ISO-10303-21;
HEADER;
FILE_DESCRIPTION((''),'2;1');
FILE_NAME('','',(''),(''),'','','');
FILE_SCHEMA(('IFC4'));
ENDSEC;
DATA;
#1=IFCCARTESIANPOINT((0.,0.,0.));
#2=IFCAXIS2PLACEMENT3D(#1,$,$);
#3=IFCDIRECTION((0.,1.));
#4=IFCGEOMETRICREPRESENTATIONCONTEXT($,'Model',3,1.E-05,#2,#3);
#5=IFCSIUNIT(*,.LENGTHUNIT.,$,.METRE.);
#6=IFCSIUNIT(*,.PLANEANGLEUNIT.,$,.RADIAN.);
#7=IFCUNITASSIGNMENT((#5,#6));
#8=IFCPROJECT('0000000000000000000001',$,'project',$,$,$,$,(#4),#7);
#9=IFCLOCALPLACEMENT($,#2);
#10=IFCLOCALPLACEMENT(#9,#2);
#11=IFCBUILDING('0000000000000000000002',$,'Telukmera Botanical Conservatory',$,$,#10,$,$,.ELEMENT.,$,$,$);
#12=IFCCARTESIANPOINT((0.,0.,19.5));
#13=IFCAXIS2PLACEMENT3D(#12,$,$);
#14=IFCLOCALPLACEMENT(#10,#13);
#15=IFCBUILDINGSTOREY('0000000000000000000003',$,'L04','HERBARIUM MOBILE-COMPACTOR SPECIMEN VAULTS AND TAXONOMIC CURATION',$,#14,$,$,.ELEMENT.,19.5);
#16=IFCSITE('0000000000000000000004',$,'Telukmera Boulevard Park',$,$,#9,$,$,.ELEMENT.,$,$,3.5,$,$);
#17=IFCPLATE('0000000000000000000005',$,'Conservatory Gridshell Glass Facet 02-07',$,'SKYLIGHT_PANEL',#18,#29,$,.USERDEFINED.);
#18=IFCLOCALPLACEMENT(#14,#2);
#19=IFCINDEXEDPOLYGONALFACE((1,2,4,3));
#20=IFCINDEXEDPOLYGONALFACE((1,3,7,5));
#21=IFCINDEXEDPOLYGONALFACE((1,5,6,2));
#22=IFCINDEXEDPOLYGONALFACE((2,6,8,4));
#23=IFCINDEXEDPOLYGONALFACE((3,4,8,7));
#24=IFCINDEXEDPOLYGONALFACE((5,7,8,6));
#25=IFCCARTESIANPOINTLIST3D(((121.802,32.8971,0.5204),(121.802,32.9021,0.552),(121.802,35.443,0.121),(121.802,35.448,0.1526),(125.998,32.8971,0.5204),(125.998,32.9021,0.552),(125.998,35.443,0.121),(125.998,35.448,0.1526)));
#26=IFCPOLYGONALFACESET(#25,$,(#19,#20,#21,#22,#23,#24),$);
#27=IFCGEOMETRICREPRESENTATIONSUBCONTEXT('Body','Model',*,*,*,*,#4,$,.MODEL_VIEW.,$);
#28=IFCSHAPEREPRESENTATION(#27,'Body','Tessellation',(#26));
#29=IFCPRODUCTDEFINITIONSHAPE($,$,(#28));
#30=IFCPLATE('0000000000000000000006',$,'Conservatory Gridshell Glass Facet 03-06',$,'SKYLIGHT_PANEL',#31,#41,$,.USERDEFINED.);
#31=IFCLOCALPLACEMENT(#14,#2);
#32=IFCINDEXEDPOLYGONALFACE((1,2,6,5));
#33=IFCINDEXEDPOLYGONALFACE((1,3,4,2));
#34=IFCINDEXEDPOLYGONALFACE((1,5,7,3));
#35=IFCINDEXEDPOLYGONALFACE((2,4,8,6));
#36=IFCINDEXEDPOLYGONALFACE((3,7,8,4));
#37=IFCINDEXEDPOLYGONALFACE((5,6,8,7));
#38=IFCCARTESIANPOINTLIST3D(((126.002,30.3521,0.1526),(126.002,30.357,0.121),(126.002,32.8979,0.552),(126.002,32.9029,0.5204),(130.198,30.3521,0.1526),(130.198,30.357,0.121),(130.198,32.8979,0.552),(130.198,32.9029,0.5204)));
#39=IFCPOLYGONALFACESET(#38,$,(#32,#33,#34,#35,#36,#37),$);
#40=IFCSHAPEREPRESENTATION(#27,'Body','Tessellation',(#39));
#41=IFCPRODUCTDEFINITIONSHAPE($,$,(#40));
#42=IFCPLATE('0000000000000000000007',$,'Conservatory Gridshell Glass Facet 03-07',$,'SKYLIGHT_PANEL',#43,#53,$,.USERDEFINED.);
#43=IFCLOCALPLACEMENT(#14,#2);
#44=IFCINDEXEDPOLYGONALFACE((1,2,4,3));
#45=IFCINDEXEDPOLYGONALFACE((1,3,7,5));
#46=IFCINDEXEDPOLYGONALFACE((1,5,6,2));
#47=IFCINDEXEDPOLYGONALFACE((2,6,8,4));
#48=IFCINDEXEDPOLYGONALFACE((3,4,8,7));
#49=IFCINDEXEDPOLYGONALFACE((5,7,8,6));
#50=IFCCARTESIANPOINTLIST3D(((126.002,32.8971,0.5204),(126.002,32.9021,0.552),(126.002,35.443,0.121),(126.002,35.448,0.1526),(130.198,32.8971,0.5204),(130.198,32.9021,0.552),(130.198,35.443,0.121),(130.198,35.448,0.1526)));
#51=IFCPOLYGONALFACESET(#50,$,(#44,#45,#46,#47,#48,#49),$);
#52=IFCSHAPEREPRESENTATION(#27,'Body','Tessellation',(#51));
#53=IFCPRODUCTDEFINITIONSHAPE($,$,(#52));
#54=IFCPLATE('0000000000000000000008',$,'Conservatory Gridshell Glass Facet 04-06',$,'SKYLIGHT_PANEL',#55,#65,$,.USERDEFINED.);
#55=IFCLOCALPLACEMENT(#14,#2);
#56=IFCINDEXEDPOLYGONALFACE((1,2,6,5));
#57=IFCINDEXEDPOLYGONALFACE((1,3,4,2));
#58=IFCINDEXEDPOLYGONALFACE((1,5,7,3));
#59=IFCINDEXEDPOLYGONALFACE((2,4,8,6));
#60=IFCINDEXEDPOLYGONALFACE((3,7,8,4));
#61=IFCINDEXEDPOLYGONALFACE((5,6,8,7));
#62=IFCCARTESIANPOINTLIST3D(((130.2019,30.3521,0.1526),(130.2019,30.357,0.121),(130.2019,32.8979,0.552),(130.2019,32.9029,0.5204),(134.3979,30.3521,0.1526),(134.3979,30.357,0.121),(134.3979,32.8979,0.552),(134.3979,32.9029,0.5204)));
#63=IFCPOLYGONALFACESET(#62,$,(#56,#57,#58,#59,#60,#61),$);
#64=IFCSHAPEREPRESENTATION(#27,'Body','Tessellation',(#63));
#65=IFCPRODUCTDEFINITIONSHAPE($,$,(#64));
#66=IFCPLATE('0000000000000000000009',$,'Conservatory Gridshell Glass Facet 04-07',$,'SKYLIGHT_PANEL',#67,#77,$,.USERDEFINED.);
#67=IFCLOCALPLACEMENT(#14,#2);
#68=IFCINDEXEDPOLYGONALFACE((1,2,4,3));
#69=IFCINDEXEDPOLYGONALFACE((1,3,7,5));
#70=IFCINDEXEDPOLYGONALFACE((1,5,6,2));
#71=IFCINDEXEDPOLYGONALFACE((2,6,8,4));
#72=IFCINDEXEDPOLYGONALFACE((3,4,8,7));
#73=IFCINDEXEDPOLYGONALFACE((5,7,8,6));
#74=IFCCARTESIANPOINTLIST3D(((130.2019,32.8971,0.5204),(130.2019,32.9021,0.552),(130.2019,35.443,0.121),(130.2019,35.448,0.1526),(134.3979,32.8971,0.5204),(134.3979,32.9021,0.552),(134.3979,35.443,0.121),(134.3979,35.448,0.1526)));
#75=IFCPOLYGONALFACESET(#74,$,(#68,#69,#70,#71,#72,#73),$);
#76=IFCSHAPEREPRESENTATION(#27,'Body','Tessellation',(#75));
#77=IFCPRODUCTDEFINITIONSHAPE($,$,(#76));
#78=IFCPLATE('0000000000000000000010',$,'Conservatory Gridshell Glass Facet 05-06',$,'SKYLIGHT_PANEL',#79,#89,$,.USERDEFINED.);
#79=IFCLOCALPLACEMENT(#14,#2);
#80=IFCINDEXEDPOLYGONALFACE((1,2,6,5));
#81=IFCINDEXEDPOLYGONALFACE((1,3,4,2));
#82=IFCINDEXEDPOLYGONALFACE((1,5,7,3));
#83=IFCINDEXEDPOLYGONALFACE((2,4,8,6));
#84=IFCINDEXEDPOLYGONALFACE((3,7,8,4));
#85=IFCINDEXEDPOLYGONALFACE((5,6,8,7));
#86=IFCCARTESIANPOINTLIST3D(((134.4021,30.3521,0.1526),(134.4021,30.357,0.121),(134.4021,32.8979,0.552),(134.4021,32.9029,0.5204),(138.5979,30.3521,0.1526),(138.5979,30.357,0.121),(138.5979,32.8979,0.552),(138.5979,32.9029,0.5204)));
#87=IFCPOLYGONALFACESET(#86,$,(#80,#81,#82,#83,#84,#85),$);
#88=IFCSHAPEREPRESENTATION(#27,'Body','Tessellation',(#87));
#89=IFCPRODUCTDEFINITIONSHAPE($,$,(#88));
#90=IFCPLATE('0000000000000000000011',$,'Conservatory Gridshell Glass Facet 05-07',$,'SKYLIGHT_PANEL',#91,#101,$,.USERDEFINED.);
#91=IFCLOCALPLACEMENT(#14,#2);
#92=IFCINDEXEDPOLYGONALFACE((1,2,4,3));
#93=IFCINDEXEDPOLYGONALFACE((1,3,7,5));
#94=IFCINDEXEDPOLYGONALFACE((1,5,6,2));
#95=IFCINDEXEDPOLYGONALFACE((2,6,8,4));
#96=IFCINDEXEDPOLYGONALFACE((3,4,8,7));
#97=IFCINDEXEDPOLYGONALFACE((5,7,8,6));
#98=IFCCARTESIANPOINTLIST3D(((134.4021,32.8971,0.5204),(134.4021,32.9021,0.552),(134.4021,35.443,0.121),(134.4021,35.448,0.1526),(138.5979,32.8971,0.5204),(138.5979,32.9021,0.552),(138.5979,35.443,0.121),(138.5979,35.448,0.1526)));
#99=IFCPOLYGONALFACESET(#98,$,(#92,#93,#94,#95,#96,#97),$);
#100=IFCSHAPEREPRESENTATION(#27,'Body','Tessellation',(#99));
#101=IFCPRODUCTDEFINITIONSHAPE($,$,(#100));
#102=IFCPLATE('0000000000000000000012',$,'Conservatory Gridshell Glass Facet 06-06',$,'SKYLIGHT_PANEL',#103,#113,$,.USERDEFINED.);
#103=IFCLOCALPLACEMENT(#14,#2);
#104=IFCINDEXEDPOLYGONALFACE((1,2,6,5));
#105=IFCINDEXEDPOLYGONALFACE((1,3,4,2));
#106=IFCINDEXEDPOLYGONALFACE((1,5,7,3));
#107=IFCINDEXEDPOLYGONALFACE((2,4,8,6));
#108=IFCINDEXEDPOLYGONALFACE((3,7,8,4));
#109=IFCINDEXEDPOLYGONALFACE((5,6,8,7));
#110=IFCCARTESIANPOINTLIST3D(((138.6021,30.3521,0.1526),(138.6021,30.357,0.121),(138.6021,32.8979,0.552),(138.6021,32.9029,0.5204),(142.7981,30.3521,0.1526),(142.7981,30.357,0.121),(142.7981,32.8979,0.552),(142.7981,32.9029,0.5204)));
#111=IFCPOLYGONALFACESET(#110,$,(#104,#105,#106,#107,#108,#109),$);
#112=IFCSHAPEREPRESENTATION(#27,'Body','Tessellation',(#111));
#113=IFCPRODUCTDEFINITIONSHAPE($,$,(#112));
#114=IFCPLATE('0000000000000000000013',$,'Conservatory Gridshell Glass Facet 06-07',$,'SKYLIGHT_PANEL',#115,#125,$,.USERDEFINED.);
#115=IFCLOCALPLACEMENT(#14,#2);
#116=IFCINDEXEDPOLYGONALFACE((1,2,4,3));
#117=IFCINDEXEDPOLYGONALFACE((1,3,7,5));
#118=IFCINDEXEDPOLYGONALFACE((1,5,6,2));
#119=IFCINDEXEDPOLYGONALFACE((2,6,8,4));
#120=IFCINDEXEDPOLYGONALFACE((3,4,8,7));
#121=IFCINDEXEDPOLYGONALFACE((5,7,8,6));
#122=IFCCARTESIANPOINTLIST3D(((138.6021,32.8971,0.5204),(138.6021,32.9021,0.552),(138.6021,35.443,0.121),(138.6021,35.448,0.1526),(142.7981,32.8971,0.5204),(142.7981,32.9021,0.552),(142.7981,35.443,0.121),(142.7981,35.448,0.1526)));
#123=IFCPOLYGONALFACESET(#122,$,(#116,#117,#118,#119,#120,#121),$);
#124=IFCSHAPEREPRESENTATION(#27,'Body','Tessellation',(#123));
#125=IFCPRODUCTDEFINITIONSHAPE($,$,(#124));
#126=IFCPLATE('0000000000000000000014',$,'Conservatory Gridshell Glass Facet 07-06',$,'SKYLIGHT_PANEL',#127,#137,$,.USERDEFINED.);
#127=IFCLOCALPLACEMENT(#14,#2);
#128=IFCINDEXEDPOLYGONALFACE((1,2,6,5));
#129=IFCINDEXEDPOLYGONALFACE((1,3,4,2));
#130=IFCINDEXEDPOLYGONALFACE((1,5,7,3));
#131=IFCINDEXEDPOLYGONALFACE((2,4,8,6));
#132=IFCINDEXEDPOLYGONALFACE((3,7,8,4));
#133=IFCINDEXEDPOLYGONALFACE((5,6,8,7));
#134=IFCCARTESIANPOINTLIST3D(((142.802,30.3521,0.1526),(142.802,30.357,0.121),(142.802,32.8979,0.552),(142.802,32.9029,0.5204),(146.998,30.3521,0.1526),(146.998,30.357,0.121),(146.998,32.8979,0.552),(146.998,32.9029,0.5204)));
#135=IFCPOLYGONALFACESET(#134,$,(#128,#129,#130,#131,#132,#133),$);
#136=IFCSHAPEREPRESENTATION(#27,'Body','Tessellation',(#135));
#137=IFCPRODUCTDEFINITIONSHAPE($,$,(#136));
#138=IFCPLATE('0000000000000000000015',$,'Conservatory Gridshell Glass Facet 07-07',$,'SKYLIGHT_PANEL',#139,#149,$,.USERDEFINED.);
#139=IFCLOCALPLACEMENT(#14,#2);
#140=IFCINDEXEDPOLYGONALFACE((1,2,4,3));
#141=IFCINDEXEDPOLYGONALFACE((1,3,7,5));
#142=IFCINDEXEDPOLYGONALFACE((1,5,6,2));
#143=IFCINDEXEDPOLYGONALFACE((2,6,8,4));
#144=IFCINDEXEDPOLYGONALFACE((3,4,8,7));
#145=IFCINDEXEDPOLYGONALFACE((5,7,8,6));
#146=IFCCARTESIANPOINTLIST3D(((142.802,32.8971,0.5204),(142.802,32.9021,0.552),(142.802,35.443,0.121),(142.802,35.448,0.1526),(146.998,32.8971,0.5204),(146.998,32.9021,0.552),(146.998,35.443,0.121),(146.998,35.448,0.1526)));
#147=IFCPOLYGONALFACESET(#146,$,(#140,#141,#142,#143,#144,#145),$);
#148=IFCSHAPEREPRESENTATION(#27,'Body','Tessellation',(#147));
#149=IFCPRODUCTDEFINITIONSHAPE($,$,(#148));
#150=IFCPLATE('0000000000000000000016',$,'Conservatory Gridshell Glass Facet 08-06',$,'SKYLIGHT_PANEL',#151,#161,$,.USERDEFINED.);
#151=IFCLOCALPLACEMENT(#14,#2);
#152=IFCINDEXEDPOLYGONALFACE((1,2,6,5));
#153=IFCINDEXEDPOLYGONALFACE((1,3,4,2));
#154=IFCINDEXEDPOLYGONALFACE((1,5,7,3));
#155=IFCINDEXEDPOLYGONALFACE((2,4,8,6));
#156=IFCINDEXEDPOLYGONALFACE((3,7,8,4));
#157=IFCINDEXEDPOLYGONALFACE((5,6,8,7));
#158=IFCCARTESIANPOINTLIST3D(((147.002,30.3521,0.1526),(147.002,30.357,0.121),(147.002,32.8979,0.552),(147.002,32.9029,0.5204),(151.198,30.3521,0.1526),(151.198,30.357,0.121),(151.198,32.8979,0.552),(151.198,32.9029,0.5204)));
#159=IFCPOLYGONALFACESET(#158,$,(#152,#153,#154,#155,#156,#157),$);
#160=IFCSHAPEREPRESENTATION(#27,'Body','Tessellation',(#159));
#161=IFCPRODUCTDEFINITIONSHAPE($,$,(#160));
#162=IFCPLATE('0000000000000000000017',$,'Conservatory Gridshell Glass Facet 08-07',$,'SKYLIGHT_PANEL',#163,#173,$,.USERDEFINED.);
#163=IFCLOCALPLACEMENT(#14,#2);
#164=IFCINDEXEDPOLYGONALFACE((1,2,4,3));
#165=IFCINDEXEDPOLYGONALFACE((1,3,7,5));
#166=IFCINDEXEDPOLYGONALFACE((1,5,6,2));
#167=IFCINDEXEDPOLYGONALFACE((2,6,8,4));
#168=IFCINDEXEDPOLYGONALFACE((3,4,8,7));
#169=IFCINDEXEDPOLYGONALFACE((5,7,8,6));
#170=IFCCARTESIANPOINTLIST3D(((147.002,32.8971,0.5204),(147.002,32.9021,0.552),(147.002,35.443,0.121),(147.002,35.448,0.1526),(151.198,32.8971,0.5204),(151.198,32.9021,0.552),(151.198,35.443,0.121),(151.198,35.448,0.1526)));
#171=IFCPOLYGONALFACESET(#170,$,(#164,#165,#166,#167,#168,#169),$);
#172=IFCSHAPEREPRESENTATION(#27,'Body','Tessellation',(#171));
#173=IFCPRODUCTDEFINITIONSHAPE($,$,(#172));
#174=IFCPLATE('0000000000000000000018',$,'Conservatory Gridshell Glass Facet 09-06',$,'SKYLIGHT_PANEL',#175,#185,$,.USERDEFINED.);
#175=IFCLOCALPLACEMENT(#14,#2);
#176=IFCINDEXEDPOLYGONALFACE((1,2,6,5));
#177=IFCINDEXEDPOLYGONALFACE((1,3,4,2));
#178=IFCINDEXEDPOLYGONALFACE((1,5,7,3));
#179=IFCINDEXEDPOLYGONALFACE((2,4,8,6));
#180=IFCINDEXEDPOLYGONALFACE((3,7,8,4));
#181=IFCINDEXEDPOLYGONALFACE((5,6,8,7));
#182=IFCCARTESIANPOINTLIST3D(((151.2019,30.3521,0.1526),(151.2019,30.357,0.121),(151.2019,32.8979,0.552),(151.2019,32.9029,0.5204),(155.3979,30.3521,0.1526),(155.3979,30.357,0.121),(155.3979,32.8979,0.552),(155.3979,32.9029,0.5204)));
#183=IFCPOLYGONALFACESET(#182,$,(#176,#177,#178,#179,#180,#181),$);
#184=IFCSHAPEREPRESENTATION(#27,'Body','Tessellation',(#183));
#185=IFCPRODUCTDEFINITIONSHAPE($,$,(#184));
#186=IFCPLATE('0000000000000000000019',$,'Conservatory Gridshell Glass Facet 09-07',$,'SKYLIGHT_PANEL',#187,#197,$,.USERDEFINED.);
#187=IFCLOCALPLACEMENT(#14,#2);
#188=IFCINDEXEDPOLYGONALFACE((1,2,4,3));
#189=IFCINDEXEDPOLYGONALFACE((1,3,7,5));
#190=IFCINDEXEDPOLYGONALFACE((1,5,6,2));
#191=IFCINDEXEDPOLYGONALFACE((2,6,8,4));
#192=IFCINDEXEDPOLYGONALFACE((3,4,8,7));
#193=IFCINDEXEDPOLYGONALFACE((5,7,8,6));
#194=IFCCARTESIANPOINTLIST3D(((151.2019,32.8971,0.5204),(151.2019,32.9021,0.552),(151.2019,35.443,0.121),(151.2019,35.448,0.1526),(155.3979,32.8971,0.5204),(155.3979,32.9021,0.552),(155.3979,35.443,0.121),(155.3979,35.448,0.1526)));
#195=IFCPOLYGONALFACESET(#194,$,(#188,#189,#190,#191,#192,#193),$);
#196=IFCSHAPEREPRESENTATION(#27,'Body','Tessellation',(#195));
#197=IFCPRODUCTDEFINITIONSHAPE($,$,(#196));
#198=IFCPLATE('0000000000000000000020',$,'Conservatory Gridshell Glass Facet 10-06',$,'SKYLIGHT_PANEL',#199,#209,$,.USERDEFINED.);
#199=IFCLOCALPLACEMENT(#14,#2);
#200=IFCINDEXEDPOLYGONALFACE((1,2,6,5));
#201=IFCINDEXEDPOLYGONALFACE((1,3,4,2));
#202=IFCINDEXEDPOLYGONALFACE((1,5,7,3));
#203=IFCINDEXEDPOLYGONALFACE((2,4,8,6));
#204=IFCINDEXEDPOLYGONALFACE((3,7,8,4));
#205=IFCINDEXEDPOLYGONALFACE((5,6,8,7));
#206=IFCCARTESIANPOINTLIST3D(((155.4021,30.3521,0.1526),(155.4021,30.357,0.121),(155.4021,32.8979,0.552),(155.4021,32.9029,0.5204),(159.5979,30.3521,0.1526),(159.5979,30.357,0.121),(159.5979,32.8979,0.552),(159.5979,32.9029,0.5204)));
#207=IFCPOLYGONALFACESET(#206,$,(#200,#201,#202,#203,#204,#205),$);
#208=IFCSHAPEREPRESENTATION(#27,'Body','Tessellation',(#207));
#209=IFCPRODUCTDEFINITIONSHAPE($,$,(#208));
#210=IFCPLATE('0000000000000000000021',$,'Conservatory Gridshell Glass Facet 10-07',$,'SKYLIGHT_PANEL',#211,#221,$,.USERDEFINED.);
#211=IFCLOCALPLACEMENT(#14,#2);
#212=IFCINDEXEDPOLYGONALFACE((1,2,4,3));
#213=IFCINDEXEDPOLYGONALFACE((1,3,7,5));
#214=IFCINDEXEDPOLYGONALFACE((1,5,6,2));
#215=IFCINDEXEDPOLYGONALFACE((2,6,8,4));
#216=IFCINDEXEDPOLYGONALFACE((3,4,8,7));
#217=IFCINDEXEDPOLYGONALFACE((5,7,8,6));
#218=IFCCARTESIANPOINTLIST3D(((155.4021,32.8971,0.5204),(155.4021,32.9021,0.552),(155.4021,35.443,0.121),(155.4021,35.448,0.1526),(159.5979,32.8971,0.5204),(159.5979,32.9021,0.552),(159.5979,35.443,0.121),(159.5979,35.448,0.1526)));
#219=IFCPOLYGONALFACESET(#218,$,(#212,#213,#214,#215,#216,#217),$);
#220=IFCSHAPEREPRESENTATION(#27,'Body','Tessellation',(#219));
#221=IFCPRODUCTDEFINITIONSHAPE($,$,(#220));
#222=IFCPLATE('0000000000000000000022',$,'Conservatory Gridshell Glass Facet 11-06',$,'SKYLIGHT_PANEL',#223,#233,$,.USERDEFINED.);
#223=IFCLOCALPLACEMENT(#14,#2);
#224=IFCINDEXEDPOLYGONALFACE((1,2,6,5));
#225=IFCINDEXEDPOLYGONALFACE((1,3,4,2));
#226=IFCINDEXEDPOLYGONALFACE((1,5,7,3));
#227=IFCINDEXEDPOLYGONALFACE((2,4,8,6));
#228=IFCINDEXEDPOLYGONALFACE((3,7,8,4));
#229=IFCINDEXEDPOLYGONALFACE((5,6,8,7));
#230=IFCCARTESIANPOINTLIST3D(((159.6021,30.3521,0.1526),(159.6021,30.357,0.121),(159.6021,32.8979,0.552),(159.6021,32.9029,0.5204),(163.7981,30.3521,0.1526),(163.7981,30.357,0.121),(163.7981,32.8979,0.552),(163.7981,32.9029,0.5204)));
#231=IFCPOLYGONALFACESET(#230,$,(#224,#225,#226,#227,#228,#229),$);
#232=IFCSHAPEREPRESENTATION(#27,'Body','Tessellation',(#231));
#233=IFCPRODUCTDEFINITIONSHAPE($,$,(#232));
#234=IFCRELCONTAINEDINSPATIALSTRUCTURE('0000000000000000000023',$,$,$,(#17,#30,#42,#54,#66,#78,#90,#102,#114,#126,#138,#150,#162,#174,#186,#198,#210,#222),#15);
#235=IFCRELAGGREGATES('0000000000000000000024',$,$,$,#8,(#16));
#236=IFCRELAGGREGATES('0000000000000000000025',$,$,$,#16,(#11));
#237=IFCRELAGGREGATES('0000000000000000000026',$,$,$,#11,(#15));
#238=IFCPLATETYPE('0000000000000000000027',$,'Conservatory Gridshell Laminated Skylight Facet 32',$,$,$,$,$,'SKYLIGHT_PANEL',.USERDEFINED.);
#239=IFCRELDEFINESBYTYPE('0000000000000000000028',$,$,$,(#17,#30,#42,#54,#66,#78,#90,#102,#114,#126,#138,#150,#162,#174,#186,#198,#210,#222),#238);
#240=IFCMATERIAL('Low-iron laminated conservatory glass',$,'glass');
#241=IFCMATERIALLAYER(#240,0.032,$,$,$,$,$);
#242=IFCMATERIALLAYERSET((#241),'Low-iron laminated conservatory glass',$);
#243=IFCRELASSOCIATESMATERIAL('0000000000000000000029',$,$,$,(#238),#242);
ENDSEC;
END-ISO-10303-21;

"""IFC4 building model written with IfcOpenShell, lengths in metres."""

from ifc_helpers import new_model, si_unit, direction, frame, origin, place, context, subcontext, project, spatial, polyline, outline, extrude, material, layer, layer_set, type_object, element, save


model = new_model("IFC4")

# Units and contexts
model_context = context("Model", 3, precision=1e-05, world=origin(), true_north=direction((0.0, 1.0)))
body_context = subcontext(model_context, "Body", "Model", "MODEL_VIEW")
ifc_project = project(units=[si_unit("LENGTHUNIT", "METRE"), si_unit("PLANEANGLEUNIT", "RADIAN")], contexts=[model_context])

# Site, building, storey
site_placement = place(None, origin())
site = spatial("IfcSite", under=ifc_project, at=site_placement, Name="Telukmera Boulevard Park", CompositionType="ELEMENT", RefElevation=3.5)
building_placement = place(site_placement, origin())
building = spatial("IfcBuilding", under=site, at=building_placement, Name="Telukmera Botanical Conservatory", CompositionType="ELEMENT")
storey_placement = place(building_placement, frame((0.0, 0.0, 19.5)))
storey = spatial("IfcBuildingStorey", under=building, at=storey_placement, Name="L04", Description="HERBARIUM MOBILE-COMPACTOR SPECIMEN VAULTS AND TAXONOMIC CURATION", CompositionType="ELEMENT", Elevation=19.5)

# Plates
ifc_material_1 = material(Name="Low-iron laminated conservatory glass", Category="glass")
ifc_layer = layer(ifc_material_1, 0.032)
ifc_layer_set = layer_set([ifc_layer], Name="Low-iron laminated conservatory glass")
plate_type = type_object("IfcPlateType", Name="Conservatory Gridshell Laminated Skylight Facet 32", ElementType="SKYLIGHT_PANEL", PredefinedType="USERDEFINED", material=ifc_layer_set)
for number, where, z_axis, x_axis, name in (
    (1, (121.802, 32.9021, 0.552), (0.0, 0.15499, 0.987916), (1.0, 0.0, 0.0), "Conservatory Gridshell Glass Facet 02-07"),
    (2, (126.002, 30.3521, 0.1526), (0.0, -0.15499, 0.987916), (1.0, 0.0, 0.0), "Conservatory Gridshell Glass Facet 03-06"),
    (3, (126.002, 32.9021, 0.552), (0.0, 0.15499, 0.987916), (1.0, 0.0, 0.0), "Conservatory Gridshell Glass Facet 03-07"),
    (4, (130.2019, 30.3521, 0.1526), (0.0, -0.15499, 0.987916), (1.0, 0.0, 0.0), "Conservatory Gridshell Glass Facet 04-06"),
    (5, (130.2019, 32.9021, 0.552), (0.0, 0.15499, 0.987916), (1.0, 0.0, 0.0), "Conservatory Gridshell Glass Facet 04-07"),
):
    element("IfcPlate", number, at=place(storey_placement, frame(where, z_axis=z_axis, x_axis=x_axis)), inside=storey, type_object=plate_type, Name=name, ObjectType="SKYLIGHT_PANEL", PredefinedType="USERDEFINED", context=body_context, shape_type="SweptSolid", body=[
        extrude(outline(polyline([(0.0, 0.0), (4.196, 0.0), (4.196, 2.577), (0.0, 2.577), (0.0, 0.0)])), origin(), (0.0, 0.0, -1.0), 0.032),
    ])
for number, where, z_axis, x_axis, name in (
    (6, (134.4021, 30.3521, 0.1526), (0.0, -0.15499, 0.987916), (1.0, 0.0, 0.0), "Conservatory Gridshell Glass Facet 05-06"),
    (7, (134.4021, 32.9021, 0.552), (0.0, 0.15499, 0.987916), (1.0, 0.0, 0.0), "Conservatory Gridshell Glass Facet 05-07"),
):
    element("IfcPlate", number, at=place(storey_placement, frame(where, z_axis=z_axis, x_axis=x_axis)), inside=storey, type_object=plate_type, Name=name, ObjectType="SKYLIGHT_PANEL", PredefinedType="USERDEFINED", context=body_context, shape_type="SweptSolid", body=[
        extrude(outline(polyline([(0.0, 0.0), (4.1958, 0.0), (4.1958, 2.577), (0.0, 2.577), (0.0, 0.0)])), origin(), (0.0, 0.0, -1.0), 0.032),
    ])
for number, where, z_axis, x_axis, name in (
    (8, (138.6021, 30.3521, 0.1526), (0.0, -0.15499, 0.987916), (1.0, 0.0, 0.0), "Conservatory Gridshell Glass Facet 06-06"),
    (9, (138.6021, 32.9021, 0.552), (0.0, 0.15499, 0.987916), (1.0, 0.0, 0.0), "Conservatory Gridshell Glass Facet 06-07"),
    (10, (142.802, 30.3521, 0.1526), (0.0, -0.15499, 0.987916), (1.0, 0.0, 0.0), "Conservatory Gridshell Glass Facet 07-06"),
    (11, (142.802, 32.9021, 0.552), (0.0, 0.15499, 0.987916), (1.0, 0.0, 0.0), "Conservatory Gridshell Glass Facet 07-07"),
    (12, (147.002, 30.3521, 0.1526), (0.0, -0.15499, 0.987916), (1.0, 0.0, 0.0), "Conservatory Gridshell Glass Facet 08-06"),
    (13, (147.002, 32.9021, 0.552), (0.0, 0.15499, 0.987916), (1.0, 0.0, 0.0), "Conservatory Gridshell Glass Facet 08-07"),
    (14, (151.2019, 30.3521, 0.1526), (0.0, -0.15499, 0.987916), (1.0, 0.0, 0.0), "Conservatory Gridshell Glass Facet 09-06"),
    (15, (151.2019, 32.9021, 0.552), (0.0, 0.15499, 0.987916), (1.0, 0.0, 0.0), "Conservatory Gridshell Glass Facet 09-07"),
):
    element("IfcPlate", number, at=place(storey_placement, frame(where, z_axis=z_axis, x_axis=x_axis)), inside=storey, type_object=plate_type, Name=name, ObjectType="SKYLIGHT_PANEL", PredefinedType="USERDEFINED", context=body_context, shape_type="SweptSolid", body=[
        extrude(outline(polyline([(0.0, 0.0), (4.196, 0.0), (4.196, 2.577), (0.0, 2.577), (0.0, 0.0)])), origin(), (0.0, 0.0, -1.0), 0.032),
    ])
for number, where, z_axis, x_axis, name in (
    (16, (155.4021, 30.3521, 0.1526), (0.0, -0.15499, 0.987916), (1.0, 0.0, 0.0), "Conservatory Gridshell Glass Facet 10-06"),
    (17, (155.4021, 32.9021, 0.552), (0.0, 0.15499, 0.987916), (1.0, 0.0, 0.0), "Conservatory Gridshell Glass Facet 10-07"),
):
    element("IfcPlate", number, at=place(storey_placement, frame(where, z_axis=z_axis, x_axis=x_axis)), inside=storey, type_object=plate_type, Name=name, ObjectType="SKYLIGHT_PANEL", PredefinedType="USERDEFINED", context=body_context, shape_type="SweptSolid", body=[
        extrude(outline(polyline([(0.0, 0.0), (4.1958, 0.0), (4.1958, 2.577), (0.0, 2.577), (0.0, 0.0)])), origin(), (0.0, 0.0, -1.0), 0.032),
    ])
for number, where, z_axis, x_axis, name in (
    (18, (159.6021, 30.3521, 0.1526), (0.0, -0.15499, 0.987916), (1.0, 0.0, 0.0), "Conservatory Gridshell Glass Facet 11-06"),
):
    element("IfcPlate", number, at=place(storey_placement, frame(where, z_axis=z_axis, x_axis=x_axis)), inside=storey, type_object=plate_type, Name=name, ObjectType="SKYLIGHT_PANEL", PredefinedType="USERDEFINED", context=body_context, shape_type="SweptSolid", body=[
        extrude(outline(polyline([(0.0, 0.0), (4.196, 0.0), (4.196, 2.577), (0.0, 2.577), (0.0, 0.0)])), origin(), (0.0, 0.0, -1.0), 0.032),
    ])

save(model, "model.ifc")
